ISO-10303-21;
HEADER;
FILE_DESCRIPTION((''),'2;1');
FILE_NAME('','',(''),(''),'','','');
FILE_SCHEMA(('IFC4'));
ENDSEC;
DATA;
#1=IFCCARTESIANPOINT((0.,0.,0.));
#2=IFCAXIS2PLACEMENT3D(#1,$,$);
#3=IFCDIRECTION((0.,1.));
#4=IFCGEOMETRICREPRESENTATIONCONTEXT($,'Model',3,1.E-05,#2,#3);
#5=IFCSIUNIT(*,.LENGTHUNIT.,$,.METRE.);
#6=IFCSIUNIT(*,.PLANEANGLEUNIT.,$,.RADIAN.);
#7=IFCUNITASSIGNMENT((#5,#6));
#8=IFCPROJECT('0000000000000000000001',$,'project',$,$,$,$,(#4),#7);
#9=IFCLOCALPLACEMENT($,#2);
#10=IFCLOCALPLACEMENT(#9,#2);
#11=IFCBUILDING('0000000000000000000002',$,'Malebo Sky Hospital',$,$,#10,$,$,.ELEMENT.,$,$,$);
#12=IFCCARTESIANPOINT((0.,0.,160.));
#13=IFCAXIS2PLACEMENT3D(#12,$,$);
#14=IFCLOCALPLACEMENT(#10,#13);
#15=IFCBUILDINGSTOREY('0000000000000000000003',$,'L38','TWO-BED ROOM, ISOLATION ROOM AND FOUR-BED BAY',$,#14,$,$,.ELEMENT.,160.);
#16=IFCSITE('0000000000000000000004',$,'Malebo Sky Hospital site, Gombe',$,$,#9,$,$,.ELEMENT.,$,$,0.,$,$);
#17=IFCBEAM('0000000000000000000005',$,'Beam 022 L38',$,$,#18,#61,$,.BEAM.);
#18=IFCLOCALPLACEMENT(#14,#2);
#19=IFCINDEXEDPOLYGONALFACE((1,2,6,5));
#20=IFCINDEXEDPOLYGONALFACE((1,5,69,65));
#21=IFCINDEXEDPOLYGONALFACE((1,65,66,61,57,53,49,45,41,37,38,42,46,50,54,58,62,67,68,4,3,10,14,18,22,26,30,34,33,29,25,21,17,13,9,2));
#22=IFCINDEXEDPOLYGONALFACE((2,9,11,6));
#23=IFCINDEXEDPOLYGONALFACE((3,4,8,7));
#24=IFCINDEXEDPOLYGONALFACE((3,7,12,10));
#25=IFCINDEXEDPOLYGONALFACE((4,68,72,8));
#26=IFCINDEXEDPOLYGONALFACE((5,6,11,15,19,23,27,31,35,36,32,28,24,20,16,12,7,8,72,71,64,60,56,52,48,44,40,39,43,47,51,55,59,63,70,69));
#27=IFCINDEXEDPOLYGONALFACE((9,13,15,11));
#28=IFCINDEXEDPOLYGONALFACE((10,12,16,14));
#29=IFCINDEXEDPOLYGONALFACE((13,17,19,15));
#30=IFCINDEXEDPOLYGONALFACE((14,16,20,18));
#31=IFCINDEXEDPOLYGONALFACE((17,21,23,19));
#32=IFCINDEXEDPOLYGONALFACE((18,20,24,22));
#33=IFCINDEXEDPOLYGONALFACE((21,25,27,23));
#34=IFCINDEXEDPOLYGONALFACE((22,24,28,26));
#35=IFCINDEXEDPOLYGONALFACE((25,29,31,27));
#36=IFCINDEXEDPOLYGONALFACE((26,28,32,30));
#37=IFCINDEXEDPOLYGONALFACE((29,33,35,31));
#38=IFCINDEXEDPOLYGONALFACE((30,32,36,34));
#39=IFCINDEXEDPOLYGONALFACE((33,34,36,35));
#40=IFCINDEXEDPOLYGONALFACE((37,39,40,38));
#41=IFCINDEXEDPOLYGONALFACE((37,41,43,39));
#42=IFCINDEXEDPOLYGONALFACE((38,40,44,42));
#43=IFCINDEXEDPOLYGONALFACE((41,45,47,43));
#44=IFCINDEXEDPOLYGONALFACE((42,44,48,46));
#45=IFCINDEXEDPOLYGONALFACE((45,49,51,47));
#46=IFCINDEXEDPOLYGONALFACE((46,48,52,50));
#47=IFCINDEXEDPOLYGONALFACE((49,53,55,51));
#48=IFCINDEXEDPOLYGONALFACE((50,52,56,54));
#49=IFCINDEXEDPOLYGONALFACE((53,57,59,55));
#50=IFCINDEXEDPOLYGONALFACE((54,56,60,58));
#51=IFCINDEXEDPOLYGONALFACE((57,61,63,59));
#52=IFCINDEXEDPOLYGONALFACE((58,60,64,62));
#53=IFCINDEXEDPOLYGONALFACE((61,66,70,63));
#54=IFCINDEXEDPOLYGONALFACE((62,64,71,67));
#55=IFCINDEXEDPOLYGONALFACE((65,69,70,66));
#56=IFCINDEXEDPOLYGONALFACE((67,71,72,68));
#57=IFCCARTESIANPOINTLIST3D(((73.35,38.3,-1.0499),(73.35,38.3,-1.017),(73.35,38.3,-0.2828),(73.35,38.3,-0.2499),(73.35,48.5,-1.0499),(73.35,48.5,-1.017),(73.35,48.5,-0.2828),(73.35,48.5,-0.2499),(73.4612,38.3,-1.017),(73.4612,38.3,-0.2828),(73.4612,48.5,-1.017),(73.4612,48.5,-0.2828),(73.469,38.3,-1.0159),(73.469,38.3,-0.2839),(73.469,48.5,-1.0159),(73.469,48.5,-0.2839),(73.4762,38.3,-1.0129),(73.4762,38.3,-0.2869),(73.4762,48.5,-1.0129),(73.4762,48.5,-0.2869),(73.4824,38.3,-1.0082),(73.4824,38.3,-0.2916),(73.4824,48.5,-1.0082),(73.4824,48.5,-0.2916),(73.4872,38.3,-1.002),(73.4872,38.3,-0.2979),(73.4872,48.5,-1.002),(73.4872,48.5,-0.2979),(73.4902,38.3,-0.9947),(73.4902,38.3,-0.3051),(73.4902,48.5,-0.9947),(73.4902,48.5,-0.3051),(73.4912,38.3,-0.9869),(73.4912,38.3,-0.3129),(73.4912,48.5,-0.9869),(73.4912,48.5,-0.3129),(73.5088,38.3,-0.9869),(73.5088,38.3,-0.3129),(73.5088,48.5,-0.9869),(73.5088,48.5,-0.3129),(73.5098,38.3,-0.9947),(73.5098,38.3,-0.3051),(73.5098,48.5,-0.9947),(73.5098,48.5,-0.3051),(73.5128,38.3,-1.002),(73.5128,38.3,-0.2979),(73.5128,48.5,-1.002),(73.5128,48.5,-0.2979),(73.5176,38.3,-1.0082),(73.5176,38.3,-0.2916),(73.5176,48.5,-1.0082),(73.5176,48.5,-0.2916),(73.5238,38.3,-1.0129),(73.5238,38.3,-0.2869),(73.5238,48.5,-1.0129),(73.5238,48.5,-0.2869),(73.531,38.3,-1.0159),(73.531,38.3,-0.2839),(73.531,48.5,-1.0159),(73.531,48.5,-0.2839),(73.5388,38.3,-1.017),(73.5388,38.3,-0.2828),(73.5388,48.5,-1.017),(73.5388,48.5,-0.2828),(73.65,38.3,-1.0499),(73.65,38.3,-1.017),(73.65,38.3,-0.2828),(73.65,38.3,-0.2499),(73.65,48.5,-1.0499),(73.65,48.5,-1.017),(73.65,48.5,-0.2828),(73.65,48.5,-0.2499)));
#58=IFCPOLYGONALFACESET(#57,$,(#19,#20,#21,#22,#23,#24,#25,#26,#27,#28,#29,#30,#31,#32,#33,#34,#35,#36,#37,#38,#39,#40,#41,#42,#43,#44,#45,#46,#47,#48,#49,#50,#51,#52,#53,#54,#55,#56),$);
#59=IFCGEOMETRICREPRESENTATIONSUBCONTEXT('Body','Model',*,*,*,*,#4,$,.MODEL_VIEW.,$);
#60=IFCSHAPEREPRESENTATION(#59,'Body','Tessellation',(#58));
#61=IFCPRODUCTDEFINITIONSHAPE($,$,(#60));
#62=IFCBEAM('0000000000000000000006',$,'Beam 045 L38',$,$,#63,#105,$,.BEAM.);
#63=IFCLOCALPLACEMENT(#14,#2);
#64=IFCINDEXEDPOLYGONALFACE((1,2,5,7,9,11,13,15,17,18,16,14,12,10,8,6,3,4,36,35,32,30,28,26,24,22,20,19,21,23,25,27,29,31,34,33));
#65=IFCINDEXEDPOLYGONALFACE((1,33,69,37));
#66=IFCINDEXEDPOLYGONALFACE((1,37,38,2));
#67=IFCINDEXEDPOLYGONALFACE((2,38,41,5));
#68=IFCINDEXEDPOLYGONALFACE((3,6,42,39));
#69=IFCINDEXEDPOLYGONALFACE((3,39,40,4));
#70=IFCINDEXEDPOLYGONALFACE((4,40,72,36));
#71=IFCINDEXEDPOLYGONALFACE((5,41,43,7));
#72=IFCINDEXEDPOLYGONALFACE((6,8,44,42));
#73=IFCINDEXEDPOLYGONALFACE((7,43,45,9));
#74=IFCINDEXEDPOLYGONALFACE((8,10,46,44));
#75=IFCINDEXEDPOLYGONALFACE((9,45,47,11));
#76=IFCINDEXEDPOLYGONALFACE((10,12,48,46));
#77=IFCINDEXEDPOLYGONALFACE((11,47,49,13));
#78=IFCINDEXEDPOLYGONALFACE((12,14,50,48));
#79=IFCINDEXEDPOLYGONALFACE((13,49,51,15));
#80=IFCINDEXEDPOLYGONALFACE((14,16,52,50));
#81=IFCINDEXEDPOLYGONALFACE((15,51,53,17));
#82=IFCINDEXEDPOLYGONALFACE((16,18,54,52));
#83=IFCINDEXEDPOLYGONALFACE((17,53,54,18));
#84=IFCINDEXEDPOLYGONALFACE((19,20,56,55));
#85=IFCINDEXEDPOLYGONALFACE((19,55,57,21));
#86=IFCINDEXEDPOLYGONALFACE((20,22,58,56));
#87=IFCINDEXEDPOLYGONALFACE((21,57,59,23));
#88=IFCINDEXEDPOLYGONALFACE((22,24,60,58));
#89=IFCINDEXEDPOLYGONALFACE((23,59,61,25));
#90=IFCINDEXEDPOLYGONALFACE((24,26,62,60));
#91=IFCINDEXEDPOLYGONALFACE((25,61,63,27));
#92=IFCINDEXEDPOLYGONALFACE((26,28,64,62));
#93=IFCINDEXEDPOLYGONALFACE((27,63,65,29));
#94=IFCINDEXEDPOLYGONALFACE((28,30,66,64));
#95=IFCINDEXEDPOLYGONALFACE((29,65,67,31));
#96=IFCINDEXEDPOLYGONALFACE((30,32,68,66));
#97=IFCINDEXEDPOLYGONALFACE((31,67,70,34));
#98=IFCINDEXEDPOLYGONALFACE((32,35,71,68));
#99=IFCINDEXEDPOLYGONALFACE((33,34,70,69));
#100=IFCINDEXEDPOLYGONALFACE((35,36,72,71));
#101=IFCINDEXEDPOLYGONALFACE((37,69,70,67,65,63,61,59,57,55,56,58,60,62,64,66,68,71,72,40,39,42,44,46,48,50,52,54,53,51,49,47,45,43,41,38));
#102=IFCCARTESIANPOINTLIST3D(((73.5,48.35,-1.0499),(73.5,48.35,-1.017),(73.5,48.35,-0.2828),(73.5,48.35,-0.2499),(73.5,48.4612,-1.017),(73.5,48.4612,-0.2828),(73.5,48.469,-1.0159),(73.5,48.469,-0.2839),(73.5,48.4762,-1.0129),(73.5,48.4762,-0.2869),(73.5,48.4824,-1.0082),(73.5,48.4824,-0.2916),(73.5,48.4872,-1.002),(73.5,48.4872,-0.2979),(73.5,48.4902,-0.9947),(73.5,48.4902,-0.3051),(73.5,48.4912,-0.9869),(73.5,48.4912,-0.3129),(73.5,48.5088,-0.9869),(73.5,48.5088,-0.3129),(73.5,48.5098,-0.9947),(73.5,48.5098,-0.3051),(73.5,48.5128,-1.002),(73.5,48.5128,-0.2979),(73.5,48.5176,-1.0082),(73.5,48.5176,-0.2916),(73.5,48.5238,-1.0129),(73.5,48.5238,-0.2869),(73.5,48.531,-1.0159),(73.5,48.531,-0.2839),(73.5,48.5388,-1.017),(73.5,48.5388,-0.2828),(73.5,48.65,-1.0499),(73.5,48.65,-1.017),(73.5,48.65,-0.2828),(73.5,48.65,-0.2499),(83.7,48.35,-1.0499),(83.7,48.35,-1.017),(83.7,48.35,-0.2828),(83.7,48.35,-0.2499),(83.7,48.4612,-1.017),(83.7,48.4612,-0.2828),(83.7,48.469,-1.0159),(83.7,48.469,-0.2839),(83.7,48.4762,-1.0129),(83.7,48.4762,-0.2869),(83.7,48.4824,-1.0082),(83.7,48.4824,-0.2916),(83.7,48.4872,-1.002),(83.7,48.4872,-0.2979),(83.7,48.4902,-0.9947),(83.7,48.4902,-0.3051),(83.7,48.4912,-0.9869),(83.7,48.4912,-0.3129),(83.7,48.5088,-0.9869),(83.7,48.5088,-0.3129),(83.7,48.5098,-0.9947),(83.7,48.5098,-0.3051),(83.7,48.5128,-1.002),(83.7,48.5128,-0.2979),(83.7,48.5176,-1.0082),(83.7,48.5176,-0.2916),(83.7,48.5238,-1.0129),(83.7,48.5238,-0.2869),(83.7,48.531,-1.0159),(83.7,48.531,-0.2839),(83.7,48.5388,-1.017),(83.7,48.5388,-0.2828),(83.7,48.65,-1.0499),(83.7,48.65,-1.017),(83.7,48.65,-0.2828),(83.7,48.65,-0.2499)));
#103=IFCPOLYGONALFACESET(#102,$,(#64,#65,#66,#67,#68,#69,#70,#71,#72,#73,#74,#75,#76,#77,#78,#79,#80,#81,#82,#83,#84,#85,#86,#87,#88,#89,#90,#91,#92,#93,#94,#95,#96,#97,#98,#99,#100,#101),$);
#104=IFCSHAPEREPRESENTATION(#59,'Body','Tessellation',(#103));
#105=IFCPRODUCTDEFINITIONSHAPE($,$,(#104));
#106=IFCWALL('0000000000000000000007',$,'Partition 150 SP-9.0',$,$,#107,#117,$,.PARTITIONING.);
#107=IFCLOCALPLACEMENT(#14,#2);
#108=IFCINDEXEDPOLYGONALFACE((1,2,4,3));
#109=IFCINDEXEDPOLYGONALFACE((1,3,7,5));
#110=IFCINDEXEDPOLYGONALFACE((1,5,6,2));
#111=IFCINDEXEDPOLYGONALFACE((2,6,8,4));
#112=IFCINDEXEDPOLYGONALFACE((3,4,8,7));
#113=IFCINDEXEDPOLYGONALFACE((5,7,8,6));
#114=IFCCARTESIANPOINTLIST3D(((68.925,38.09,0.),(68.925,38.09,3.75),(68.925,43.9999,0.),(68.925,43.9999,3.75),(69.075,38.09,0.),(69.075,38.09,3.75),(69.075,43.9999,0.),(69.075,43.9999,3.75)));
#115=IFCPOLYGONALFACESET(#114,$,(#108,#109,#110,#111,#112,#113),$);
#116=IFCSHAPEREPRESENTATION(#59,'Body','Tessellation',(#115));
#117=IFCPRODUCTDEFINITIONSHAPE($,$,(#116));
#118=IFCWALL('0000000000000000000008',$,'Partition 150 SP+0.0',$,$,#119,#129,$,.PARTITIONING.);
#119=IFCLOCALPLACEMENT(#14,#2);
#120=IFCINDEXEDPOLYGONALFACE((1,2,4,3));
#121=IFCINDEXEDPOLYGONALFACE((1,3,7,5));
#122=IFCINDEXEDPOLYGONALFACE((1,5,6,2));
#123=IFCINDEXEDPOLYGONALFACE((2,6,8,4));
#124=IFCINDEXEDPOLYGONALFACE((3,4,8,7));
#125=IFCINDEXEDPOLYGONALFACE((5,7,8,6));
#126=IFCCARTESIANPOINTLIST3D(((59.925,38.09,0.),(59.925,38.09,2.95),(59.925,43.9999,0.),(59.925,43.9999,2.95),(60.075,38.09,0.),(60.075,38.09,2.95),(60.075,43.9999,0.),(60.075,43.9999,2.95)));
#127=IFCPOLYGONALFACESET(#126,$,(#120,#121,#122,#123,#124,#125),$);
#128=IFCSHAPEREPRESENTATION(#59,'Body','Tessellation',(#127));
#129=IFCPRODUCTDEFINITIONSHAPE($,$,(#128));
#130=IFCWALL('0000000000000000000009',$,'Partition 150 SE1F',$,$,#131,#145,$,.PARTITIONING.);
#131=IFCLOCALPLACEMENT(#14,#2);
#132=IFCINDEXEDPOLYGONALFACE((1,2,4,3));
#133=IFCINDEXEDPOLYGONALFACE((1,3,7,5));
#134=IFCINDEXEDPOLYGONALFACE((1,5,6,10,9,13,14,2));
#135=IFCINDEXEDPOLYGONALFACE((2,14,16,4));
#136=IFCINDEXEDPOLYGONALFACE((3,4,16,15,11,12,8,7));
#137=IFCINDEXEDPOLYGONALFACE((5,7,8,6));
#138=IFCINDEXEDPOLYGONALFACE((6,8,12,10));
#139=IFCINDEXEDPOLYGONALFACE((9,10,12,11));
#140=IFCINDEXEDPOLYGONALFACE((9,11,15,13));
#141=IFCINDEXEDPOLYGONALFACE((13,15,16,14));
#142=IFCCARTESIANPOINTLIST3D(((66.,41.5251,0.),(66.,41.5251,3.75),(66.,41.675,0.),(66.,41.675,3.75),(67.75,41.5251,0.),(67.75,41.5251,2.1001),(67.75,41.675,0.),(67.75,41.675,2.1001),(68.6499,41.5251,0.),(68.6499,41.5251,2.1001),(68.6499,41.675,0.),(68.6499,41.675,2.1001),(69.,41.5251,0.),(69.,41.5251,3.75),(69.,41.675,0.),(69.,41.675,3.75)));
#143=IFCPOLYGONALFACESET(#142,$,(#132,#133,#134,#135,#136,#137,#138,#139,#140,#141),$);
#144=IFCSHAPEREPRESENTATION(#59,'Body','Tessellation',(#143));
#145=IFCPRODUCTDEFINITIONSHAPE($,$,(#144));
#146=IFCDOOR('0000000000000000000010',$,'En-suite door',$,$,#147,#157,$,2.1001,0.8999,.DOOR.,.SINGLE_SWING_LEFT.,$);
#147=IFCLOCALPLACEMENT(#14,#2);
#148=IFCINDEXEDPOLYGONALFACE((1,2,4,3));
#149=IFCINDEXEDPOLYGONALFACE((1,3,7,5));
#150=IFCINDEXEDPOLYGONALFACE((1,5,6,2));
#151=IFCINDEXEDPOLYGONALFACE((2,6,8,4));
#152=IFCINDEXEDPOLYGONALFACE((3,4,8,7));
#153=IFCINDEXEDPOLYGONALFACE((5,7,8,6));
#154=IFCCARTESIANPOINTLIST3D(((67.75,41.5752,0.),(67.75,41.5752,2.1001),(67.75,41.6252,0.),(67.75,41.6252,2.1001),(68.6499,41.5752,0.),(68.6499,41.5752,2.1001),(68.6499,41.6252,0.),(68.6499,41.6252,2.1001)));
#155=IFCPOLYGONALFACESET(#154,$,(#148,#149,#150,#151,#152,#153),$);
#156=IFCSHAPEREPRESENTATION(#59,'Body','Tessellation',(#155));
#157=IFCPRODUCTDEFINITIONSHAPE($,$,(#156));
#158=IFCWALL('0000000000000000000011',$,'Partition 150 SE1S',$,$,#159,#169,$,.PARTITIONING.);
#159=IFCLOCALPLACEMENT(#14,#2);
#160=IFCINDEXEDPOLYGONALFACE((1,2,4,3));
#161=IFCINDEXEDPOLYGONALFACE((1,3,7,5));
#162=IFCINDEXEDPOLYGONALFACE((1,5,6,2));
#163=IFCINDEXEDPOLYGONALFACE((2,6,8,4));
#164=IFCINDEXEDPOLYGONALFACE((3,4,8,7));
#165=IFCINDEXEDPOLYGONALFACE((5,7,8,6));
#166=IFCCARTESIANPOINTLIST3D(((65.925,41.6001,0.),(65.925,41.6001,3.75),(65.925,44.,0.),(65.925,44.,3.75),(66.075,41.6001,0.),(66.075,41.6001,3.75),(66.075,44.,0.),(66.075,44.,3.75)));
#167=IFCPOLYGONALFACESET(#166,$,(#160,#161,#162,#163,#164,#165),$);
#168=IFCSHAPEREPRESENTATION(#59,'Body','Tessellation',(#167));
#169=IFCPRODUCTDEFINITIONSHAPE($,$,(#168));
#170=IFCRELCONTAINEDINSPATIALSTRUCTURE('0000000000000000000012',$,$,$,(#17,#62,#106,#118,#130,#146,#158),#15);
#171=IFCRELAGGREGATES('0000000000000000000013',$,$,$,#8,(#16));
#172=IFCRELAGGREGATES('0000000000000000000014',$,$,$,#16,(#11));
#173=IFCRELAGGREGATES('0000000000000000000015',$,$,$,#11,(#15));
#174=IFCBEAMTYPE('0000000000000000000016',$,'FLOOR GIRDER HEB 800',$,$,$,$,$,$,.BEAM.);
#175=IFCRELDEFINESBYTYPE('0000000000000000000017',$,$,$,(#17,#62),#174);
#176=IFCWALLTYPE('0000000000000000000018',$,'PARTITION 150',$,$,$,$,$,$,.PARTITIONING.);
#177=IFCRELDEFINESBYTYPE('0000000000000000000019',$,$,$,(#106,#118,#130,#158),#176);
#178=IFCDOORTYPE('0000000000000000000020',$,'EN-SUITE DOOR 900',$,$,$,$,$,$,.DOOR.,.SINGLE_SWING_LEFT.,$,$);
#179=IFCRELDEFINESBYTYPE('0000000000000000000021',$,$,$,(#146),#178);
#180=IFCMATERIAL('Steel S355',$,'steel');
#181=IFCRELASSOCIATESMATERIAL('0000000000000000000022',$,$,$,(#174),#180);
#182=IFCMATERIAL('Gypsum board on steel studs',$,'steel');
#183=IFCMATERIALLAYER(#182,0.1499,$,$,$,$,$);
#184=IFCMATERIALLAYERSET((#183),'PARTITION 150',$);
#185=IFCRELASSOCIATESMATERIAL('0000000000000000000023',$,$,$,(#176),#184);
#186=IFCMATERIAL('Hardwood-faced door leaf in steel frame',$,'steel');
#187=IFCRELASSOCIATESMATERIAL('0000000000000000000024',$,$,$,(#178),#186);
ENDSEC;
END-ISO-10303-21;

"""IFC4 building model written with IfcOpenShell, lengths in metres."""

from ifc_helpers import new_model, si_unit, direction, frame, frame_2d, origin, origin_2d, place, context, subcontext, project, spatial, rectangle, i_section, extrude, material, layer, layer_set, material_profile, profile_set, type_object, element, fill, save


model = new_model("IFC4")

# Units and contexts
model_context = context("Model", 3, precision=1e-05, world=origin(), true_north=direction((0.0, 1.0)))
body_context = subcontext(model_context, "Body", "Model", "MODEL_VIEW")
ifc_project = project(units=[si_unit("LENGTHUNIT", "METRE"), si_unit("PLANEANGLEUNIT", "RADIAN")], contexts=[model_context])

# Site, building, storey
site_placement = place(None, origin())
site = spatial("IfcSite", under=ifc_project, at=site_placement, Name="Malebo Sky Hospital site, Gombe", CompositionType="ELEMENT", RefElevation=0.0)
building_placement = place(site_placement, origin())
building = spatial("IfcBuilding", under=site, at=building_placement, Name="Malebo Sky Hospital", CompositionType="ELEMENT")
storey_placement = place(building_placement, frame((0.0, 0.0, 160.0)))
storey = spatial("IfcBuildingStorey", under=building, at=storey_placement, Name="L38", Description="TWO-BED ROOM, ISOLATION ROOM AND FOUR-BED BAY", CompositionType="ELEMENT", Elevation=160.0)

# Beams
ifc_material_1 = material(Name="Steel S355", Category="steel")
ifc_material_profile_1 = material_profile(ifc_material_1, i_section(OverallWidth=0.3, OverallDepth=0.8, WebThickness=0.0176, FlangeThickness=0.033, FilletRadius=0.03, at=origin_2d()), Name="HEB 800")
ifc_profile_set_1 = profile_set([ifc_material_profile_1], Name="Steel S355")
beam_type_1 = type_object("IfcBeamType", Name="FLOOR GIRDER HEB 800", PredefinedType="BEAM", material=ifc_profile_set_1)
for number, where, z_axis, x_axis, name in (
    (1, (73.5, 38.3, -0.6499), (0.0, 1.0, 0.0), (-1.0, 0.0, 0.0), "Beam 022 L38"),
    (2, (73.5, 48.5, -0.6499), (1.0, 0.0, 0.0), (0.0, 1.0, 0.0), "Beam 045 L38"),
):
    element("IfcBeam", number, at=place(storey_placement, frame(where, z_axis=z_axis, x_axis=x_axis)), inside=storey, type_object=beam_type_1, Name=name, PredefinedType="BEAM", context=body_context, shape_type="SweptSolid", body=[
        extrude(i_section(OverallWidth=0.3, OverallDepth=0.8, WebThickness=0.0176, FlangeThickness=0.033, FilletRadius=0.03, at=origin_2d()), origin(), (0.0, 0.0, 1.0), 10.2),
    ])

# Walls
ifc_material_2 = material(Name="Gypsum board on steel studs", Category="steel")
ifc_layer = layer(ifc_material_2, 0.1499)
ifc_layer_set = layer_set([ifc_layer], Name="PARTITION 150")
wall_type = type_object("IfcWallType", Name="PARTITION 150", PredefinedType="PARTITIONING", material=ifc_layer_set)
wall_1_placement = place(storey_placement, frame((69.0, 44.0, 0.0), z_axis=(0.0, 0.0, 1.0), x_axis=(0.0, -1.0, 0.0)))
element("IfcWall", 3, at=wall_1_placement, inside=storey, type_object=wall_type, Name="Partition 150 SP-9.0", PredefinedType="PARTITIONING", context=body_context, shape_type="SweptSolid", body=[
    extrude(rectangle(XDim=5.9099, YDim=0.1499, at=frame_2d((2.9551, 0.0))), origin(), (0.0, 0.0, 1.0), 3.75),
])
wall_2_placement = place(storey_placement, frame((60.0, 44.0, 0.0), z_axis=(0.0, 0.0, 1.0), x_axis=(0.0, -1.0, 0.0)))
element("IfcWall", 4, at=wall_2_placement, inside=storey, type_object=wall_type, Name="Partition 150 SP+0.0", PredefinedType="PARTITIONING", context=body_context, shape_type="SweptSolid", body=[
    extrude(rectangle(XDim=5.9099, YDim=0.1499, at=frame_2d((2.9551, 0.0))), origin(), (0.0, 0.0, 1.0), 2.95),
])

# Wall, opening, door
wall_3_placement = place(storey_placement, frame((69.0, 41.6001, 0.0), z_axis=(0.0, 0.0, 1.0), x_axis=(-1.0, 0.0, 0.0)))
wall_3 = element("IfcWall", 5, at=wall_3_placement, inside=storey, type_object=wall_type, Name="Partition 150 SE1F", PredefinedType="PARTITIONING", context=body_context, shape_type="SweptSolid", body=[
    extrude(rectangle(XDim=3.0, YDim=0.1499, at=frame_2d((1.5, 0.0))), origin(), (0.0, 0.0, 1.0), 3.75),
])
opening_1_placement = place(wall_3_placement, frame((0.3501, 0.0, 0.0)))
opening_1 = element("IfcOpeningElement", 6, at=opening_1_placement, cuts=wall_3, PredefinedType="OPENING", context=body_context, shape_type="SweptSolid", body=[
    extrude(rectangle(XDim=0.8999, YDim=2.1001, at=frame_2d((0.45, 1.05))), frame((0.0, 0.085, 0.0), z_axis=(0.0, -1.0, 0.0), x_axis=(1.0, 0.0, 0.0)), (0.0, 0.0, 1.0), 0.1699),
])
ifc_material_3 = material(Name="Hardwood-faced door leaf in steel frame", Category="steel")
door_type = type_object("IfcDoorType", Name="EN-SUITE DOOR 900", OperationType="SINGLE_SWING_LEFT", PredefinedType="DOOR", material=ifc_material_3)
door_1_placement = place(opening_1_placement, origin())
door_1 = element("IfcDoor", 7, at=door_1_placement, inside=storey, type_object=door_type, Name="En-suite door", OperationType="SINGLE_SWING_LEFT", OverallHeight=2.1001, OverallWidth=0.8999, PredefinedType="DOOR", context=body_context, shape_type="SweptSolid", body=[
    extrude(rectangle(XDim=0.8999, YDim=2.1001, at=frame_2d((0.45, 1.05))), frame((0.0, 0.0249, 0.0), z_axis=(0.0, -1.0, 0.0), x_axis=(1.0, 0.0, 0.0)), (0.0, 0.0, 1.0), 0.05),
])
fill(opening_1, door_1)

# Wall
wall_4_placement = place(storey_placement, frame((66.0, 44.0, 0.0), z_axis=(0.0, 0.0, 1.0), x_axis=(0.0, -1.0, 0.0)))
element("IfcWall", 8, at=wall_4_placement, inside=storey, type_object=wall_type, Name="Partition 150 SE1S", PredefinedType="PARTITIONING", context=body_context, shape_type="SweptSolid", body=[
    extrude(rectangle(XDim=2.3999, YDim=0.1499, at=frame_2d((1.2, 0.0))), origin(), (0.0, 0.0, 1.0), 3.75),
])

save(model, "model.ifc")
